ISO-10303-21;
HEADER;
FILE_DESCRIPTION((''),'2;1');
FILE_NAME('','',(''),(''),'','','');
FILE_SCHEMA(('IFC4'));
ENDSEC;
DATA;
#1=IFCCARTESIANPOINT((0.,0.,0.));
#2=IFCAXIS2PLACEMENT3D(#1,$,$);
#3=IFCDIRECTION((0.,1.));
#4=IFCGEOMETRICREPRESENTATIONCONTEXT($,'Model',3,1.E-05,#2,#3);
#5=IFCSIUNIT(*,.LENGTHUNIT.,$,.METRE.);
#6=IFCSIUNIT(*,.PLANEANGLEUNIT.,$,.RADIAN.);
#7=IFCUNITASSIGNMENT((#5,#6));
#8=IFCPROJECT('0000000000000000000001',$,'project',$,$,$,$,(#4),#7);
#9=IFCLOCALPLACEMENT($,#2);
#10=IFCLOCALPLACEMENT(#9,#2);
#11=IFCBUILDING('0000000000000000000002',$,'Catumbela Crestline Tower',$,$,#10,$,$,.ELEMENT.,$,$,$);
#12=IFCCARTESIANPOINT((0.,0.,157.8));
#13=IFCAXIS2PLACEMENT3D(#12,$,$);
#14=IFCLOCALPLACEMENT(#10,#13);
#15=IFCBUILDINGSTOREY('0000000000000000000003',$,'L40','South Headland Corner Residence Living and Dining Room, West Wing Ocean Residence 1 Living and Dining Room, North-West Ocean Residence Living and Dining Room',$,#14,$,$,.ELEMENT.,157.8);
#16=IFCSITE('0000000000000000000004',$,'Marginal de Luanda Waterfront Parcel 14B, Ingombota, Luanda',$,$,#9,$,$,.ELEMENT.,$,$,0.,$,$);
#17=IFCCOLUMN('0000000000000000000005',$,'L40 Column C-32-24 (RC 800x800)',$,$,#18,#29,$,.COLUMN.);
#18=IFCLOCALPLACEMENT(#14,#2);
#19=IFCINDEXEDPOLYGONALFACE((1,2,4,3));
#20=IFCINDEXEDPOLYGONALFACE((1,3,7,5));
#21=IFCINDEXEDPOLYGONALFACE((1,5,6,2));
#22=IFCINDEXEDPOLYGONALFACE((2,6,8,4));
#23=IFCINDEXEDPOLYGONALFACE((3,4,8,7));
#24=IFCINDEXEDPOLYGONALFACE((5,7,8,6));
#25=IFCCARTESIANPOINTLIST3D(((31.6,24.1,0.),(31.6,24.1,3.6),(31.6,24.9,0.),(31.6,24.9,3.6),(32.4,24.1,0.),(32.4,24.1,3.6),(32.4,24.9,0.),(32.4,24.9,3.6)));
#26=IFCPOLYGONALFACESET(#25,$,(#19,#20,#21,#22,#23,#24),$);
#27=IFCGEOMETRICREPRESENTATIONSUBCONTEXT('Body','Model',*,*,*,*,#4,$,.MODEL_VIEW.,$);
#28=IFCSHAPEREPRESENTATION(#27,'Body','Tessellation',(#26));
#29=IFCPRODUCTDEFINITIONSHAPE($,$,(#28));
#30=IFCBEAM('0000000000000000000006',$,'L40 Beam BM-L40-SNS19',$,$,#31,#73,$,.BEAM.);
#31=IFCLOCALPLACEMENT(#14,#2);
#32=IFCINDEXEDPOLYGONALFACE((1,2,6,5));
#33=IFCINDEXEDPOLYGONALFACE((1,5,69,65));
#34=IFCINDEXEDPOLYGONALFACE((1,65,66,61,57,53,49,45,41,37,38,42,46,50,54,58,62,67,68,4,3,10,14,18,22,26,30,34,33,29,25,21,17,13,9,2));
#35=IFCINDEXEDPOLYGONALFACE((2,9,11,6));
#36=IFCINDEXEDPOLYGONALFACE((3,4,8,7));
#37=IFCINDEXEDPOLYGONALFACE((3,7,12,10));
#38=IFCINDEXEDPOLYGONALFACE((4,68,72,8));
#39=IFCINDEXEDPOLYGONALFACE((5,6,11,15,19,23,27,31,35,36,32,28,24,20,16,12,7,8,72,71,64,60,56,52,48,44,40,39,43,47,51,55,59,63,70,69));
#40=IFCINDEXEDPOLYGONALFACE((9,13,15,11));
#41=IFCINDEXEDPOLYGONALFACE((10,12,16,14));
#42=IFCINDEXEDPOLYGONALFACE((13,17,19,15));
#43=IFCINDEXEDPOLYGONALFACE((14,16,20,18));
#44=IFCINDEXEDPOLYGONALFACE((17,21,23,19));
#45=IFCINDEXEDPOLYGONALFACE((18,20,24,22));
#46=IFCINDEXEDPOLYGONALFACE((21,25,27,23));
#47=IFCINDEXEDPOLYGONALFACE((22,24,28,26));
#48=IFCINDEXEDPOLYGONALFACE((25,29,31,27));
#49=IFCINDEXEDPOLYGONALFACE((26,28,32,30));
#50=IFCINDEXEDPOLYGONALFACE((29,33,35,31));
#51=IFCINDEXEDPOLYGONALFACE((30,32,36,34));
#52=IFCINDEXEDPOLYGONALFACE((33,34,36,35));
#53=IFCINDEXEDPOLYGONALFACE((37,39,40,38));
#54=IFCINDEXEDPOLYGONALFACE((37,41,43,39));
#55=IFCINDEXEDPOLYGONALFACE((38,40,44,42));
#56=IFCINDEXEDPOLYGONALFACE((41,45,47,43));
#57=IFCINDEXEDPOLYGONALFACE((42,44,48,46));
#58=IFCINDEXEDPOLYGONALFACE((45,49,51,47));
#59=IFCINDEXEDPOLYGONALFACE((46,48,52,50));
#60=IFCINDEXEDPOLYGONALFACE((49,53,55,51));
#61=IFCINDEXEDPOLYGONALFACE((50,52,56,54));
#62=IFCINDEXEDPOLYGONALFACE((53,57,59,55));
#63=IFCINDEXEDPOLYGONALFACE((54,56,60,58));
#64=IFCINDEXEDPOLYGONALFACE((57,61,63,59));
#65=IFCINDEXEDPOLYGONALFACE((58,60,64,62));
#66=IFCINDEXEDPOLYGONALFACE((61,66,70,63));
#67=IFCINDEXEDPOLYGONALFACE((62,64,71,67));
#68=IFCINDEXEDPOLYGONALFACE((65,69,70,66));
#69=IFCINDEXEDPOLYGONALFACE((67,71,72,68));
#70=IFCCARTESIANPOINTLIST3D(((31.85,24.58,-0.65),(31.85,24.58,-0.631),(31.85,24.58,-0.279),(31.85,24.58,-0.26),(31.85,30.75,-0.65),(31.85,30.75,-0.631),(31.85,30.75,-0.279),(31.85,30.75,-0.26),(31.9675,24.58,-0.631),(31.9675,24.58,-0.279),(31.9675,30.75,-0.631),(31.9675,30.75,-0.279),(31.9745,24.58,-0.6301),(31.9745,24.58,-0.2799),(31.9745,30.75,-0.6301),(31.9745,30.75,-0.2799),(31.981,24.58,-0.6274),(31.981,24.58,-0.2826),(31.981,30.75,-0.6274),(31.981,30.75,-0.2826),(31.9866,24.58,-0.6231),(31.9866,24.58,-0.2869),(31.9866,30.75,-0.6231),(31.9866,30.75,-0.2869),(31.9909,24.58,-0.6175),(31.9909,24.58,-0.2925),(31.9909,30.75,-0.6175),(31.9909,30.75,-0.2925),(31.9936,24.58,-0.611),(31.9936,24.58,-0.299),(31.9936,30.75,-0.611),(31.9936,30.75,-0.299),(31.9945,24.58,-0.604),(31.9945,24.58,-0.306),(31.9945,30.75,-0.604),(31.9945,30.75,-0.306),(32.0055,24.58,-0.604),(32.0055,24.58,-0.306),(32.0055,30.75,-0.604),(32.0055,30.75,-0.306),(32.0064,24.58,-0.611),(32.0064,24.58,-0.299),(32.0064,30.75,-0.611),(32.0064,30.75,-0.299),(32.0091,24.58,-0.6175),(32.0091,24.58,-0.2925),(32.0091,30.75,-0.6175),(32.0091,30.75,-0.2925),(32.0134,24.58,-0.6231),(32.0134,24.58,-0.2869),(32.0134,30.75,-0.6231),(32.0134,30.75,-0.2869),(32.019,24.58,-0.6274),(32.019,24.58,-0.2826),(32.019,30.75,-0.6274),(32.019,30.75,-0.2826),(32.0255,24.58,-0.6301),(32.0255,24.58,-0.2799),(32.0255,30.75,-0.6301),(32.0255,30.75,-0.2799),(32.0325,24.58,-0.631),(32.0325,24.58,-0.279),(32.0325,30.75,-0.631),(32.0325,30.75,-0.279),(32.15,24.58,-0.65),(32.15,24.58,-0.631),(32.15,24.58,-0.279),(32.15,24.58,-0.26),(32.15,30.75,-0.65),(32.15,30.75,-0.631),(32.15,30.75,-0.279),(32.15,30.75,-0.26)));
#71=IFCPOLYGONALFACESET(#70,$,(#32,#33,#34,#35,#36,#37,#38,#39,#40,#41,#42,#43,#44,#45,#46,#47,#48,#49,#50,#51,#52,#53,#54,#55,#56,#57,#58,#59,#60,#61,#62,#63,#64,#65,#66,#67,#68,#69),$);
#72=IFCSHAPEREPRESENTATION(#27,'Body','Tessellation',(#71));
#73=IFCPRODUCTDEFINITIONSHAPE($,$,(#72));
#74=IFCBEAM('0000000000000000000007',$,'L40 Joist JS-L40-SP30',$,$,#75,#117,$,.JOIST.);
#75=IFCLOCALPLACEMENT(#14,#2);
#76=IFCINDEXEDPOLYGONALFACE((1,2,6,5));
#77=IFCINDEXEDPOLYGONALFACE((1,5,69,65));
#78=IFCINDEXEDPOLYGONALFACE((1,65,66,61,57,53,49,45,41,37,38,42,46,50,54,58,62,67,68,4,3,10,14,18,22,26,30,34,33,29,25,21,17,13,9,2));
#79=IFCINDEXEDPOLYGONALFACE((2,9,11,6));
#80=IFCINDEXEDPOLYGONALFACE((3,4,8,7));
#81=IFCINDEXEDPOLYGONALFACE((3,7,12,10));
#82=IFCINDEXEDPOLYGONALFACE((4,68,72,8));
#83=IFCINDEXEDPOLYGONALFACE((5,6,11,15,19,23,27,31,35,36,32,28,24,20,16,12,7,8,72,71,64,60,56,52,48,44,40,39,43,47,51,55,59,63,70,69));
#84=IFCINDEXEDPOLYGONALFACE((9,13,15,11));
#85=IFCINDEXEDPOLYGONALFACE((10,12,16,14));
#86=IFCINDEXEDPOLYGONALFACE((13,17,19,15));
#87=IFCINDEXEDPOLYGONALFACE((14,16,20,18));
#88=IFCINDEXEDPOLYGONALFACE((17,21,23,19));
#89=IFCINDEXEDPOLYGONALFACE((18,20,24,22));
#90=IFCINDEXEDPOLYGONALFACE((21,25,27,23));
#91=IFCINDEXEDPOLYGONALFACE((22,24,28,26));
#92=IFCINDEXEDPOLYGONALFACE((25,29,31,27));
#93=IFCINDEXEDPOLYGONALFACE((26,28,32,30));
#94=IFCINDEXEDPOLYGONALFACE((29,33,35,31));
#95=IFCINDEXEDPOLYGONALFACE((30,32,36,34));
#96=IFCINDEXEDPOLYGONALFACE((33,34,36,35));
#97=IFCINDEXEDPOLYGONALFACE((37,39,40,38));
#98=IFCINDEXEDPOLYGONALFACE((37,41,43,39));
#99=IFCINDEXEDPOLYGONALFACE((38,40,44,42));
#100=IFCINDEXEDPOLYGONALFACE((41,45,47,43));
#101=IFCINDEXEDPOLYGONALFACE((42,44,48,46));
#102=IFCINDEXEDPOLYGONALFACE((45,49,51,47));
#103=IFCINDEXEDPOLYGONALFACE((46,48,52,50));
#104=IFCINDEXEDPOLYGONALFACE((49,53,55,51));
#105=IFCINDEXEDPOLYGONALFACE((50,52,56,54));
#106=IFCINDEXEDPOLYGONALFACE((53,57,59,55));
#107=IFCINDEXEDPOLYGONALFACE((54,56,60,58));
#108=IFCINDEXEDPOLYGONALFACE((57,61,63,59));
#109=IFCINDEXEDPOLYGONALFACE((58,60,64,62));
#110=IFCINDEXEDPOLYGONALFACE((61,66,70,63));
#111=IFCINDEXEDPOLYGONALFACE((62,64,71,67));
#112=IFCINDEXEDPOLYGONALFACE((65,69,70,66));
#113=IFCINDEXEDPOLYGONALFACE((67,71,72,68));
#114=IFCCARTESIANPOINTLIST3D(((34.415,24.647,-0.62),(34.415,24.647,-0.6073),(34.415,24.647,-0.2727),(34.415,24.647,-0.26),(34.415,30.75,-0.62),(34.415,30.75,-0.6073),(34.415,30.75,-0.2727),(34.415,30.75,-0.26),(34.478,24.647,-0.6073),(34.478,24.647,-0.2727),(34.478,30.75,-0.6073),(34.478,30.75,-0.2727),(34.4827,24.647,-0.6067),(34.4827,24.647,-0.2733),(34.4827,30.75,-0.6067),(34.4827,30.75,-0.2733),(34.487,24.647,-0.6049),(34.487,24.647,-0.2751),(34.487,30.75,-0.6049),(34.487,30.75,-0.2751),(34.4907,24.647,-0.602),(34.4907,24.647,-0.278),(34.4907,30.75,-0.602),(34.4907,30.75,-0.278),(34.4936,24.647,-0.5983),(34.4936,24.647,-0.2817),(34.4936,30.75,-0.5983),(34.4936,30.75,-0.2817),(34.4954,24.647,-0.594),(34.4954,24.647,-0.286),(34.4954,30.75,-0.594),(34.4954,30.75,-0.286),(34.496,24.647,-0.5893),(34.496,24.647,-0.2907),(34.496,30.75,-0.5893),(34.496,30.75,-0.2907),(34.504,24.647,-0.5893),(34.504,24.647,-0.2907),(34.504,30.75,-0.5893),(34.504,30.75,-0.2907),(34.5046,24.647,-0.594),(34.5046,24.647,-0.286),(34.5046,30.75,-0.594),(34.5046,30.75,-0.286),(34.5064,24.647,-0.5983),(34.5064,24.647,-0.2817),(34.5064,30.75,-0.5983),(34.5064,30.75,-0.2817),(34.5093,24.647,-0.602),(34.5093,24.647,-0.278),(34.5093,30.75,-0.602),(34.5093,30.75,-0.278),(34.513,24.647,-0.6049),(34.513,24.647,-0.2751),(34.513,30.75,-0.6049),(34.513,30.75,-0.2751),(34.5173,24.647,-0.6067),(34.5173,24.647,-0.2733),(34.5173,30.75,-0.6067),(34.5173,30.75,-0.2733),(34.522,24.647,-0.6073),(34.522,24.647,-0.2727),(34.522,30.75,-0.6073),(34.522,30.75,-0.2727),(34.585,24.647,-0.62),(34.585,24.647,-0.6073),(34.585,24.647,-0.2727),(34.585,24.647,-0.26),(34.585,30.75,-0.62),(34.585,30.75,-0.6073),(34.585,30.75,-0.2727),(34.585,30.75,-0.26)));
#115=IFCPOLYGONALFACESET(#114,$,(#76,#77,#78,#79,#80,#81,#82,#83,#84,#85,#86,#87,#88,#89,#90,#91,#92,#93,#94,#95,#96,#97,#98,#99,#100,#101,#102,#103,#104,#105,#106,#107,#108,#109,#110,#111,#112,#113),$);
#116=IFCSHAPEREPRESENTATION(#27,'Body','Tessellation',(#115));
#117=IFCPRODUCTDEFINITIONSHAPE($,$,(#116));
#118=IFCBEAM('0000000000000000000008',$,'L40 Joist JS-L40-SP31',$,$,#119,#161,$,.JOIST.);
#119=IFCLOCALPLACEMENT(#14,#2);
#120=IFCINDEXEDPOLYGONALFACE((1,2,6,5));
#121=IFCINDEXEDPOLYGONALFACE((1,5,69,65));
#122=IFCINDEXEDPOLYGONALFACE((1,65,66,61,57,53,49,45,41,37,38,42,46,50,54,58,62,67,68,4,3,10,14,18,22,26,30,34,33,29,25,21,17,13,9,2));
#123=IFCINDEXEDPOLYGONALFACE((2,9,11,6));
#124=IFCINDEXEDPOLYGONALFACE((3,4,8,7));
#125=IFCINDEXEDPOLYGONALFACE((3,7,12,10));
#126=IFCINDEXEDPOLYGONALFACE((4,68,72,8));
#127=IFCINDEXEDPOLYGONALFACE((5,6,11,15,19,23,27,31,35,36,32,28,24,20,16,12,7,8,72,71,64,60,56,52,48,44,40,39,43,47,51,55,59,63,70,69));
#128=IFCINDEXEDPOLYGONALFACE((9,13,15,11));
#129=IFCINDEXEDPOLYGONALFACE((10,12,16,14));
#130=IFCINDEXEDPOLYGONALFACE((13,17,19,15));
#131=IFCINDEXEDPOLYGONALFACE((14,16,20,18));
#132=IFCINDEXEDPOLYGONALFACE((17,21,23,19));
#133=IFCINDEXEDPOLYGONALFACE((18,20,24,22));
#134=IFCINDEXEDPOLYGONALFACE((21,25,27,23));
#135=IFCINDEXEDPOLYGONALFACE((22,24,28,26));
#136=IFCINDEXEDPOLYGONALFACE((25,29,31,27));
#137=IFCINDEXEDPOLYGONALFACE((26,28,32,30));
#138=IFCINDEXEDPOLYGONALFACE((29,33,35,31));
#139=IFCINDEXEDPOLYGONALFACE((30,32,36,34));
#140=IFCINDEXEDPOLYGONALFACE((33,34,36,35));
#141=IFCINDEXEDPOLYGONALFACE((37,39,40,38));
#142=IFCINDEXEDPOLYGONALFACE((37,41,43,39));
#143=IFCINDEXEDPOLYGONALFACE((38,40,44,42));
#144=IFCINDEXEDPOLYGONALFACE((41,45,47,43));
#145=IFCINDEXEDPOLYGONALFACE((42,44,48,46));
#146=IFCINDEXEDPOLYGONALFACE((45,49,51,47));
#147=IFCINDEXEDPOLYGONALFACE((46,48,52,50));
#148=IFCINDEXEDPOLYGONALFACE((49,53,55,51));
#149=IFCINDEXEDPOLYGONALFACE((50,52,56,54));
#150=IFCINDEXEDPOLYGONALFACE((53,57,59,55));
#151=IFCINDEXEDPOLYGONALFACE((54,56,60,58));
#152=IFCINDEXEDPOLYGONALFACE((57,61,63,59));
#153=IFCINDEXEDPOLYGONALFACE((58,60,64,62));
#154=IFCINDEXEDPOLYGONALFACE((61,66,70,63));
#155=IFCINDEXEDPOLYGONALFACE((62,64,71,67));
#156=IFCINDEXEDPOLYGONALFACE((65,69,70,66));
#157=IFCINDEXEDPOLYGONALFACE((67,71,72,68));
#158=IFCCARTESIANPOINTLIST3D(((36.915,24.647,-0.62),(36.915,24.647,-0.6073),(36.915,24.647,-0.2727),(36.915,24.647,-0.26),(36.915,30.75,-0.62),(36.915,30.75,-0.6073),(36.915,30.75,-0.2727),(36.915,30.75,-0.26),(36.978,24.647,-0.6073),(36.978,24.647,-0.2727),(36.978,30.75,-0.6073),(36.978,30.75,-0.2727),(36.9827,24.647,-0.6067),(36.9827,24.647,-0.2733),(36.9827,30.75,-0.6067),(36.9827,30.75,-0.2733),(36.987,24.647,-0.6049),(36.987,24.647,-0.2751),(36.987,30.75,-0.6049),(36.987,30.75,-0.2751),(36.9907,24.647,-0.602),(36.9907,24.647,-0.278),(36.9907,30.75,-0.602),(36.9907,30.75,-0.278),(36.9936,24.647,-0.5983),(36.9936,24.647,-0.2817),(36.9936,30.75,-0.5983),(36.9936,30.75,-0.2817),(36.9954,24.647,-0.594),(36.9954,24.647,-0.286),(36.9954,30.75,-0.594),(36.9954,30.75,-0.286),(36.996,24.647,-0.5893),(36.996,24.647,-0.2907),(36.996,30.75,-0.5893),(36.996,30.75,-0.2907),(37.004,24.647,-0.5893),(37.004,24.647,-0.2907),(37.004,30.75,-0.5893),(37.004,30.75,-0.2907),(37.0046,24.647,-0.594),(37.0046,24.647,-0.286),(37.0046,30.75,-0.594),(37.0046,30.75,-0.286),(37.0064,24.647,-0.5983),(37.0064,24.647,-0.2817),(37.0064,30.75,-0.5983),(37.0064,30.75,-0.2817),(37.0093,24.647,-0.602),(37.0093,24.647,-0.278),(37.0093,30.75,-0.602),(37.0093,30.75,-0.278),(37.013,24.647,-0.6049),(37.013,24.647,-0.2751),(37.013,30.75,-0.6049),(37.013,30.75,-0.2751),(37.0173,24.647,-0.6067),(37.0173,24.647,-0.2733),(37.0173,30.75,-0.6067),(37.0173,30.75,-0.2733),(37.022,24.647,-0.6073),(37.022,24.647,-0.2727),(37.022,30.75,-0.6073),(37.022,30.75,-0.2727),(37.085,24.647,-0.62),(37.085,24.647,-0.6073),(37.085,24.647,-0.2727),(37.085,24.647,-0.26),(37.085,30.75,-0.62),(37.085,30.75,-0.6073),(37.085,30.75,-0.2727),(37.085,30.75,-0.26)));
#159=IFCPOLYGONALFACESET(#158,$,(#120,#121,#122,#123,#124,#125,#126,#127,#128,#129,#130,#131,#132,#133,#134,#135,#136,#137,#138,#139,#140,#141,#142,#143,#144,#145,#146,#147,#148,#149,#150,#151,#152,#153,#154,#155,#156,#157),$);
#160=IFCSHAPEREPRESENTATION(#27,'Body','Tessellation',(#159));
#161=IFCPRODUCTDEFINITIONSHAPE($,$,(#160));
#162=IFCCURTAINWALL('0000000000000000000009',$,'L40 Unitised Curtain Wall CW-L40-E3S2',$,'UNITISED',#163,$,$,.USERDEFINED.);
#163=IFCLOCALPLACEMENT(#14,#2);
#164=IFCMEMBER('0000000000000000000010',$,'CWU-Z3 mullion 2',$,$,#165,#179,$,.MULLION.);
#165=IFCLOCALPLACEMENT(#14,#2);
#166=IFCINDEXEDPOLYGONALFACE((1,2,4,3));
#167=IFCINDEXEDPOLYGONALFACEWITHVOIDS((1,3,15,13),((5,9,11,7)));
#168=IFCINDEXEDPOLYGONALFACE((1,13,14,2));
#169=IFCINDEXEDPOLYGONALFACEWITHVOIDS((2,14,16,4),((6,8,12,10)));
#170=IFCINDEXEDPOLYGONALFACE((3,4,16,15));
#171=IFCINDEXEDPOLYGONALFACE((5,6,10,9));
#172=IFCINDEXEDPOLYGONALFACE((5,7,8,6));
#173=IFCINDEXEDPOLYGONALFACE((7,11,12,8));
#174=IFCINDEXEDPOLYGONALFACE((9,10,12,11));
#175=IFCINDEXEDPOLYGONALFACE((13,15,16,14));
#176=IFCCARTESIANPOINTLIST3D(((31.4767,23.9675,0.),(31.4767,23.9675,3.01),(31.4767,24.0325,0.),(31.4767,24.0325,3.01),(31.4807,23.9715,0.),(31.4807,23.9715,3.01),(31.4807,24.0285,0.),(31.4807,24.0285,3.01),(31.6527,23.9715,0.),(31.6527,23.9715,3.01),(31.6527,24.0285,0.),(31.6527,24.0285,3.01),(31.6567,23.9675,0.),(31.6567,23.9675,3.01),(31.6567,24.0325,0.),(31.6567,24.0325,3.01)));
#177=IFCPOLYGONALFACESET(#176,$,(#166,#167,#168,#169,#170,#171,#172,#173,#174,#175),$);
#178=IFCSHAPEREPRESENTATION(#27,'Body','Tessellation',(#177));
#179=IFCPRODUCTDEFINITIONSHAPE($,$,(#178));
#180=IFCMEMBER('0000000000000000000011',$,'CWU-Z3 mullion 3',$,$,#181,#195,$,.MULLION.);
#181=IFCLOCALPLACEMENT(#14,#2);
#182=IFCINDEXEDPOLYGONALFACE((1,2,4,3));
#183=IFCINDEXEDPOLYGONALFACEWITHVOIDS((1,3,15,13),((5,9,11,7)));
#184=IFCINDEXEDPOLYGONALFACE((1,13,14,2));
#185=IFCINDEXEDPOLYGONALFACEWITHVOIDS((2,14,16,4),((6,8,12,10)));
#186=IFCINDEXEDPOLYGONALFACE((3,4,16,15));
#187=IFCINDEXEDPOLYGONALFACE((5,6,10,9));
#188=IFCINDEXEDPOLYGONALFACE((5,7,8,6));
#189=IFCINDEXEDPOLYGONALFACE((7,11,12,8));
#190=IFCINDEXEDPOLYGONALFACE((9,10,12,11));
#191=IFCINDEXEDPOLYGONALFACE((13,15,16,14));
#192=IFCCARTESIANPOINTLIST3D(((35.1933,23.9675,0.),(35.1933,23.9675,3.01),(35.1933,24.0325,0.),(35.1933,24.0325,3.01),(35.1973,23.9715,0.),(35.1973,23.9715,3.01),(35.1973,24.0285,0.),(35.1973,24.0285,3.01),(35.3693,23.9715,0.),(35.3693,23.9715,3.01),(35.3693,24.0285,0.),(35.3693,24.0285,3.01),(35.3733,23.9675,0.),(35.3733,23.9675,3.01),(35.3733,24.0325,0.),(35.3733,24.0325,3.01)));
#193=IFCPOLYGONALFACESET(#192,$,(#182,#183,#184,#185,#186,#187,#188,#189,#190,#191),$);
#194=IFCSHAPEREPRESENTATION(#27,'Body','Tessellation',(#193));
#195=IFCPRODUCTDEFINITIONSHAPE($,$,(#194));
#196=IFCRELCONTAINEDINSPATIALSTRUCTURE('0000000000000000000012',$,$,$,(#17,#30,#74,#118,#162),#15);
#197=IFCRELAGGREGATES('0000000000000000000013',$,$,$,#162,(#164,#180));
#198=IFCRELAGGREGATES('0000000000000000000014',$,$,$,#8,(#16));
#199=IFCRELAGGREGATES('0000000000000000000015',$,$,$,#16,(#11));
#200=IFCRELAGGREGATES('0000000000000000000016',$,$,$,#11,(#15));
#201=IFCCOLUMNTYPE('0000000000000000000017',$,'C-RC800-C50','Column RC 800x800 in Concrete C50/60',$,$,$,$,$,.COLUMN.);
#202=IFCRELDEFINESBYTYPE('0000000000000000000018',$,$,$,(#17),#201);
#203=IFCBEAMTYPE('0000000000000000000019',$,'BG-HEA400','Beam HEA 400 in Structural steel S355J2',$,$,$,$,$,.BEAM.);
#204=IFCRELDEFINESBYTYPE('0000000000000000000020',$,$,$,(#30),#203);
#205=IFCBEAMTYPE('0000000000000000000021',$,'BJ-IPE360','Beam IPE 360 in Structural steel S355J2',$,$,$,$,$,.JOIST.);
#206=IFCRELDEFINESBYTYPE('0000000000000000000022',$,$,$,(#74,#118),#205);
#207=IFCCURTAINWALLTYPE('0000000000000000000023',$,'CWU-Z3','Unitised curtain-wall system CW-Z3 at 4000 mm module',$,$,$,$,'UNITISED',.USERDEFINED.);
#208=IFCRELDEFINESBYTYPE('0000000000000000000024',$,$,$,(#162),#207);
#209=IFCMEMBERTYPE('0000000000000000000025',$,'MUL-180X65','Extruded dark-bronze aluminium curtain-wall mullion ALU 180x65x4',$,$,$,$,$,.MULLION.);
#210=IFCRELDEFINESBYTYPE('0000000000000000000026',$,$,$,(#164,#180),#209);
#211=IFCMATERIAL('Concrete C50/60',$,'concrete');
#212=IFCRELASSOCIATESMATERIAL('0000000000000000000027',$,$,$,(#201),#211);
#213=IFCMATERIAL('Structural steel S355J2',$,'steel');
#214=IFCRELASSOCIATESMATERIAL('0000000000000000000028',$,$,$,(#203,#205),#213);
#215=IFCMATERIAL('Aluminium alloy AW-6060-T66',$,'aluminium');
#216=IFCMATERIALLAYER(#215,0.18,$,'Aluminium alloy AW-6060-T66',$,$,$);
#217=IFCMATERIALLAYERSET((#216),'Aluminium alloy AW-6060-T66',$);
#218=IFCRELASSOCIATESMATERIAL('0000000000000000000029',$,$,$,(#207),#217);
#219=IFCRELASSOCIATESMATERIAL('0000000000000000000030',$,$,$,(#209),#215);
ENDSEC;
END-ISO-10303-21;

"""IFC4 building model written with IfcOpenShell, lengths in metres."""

from ifc_helpers import new_model, si_unit, direction, frame, origin, origin_2d, place, context, subcontext, project, spatial, rectangle, hollow_rectangle, i_section, extrude, material, layer, layer_set, material_profile, profile_set, type_object, element, aggregate, save


model = new_model("IFC4")

# Units and contexts
model_context = context("Model", 3, precision=1e-05, world=origin(), true_north=direction((0.0, 1.0)))
body_context = subcontext(model_context, "Body", "Model", "MODEL_VIEW")
ifc_project = project(units=[si_unit("LENGTHUNIT", "METRE"), si_unit("PLANEANGLEUNIT", "RADIAN")], contexts=[model_context])

# Site, building, storey
site_placement = place(None, origin())
site = spatial("IfcSite", under=ifc_project, at=site_placement, Name="Marginal de Luanda Waterfront Parcel 14B, Ingombota, Luanda", CompositionType="ELEMENT", RefElevation=0.0)
building_placement = place(site_placement, origin())
building = spatial("IfcBuilding", under=site, at=building_placement, Name="Catumbela Crestline Tower", CompositionType="ELEMENT")
storey_placement = place(building_placement, frame((0.0, 0.0, 157.8)))
storey = spatial("IfcBuildingStorey", under=building, at=storey_placement, Name="L40", Description="South Headland Corner Residence Living and Dining Room, West Wing Ocean Residence 1 Living and Dining Room, North-West Ocean Residence Living and Dining Room", CompositionType="ELEMENT", Elevation=157.8)

# Column
ifc_material_1 = material(Name="Concrete C50/60", Category="concrete")
ifc_material_profile_1 = material_profile(ifc_material_1, rectangle(XDim=0.8, YDim=0.8, at=origin_2d()), Name="RC 800x800")
ifc_profile_set_1 = profile_set([ifc_material_profile_1], Name="Concrete C50/60")
column_type = type_object("IfcColumnType", Name="C-RC800-C50", Description="Column RC 800x800 in Concrete C50/60", PredefinedType="COLUMN", material=ifc_profile_set_1)
column_placement = place(storey_placement, frame((32.0, 24.5, 0.0), z_axis=(0.0, 0.0, 1.0), x_axis=(1.0, 0.0, 0.0)))
element("IfcColumn", 1, at=column_placement, inside=storey, type_object=column_type, Name="L40 Column C-32-24 (RC 800x800)", PredefinedType="COLUMN", context=body_context, shape_type="SweptSolid", body=[
    extrude(rectangle(XDim=0.8, YDim=0.8, at=origin_2d()), origin(), (0.0, 0.0, 1.0), 3.6),
])

# Beams
ifc_material_2 = material(Name="Structural steel S355J2", Category="steel")
ifc_material_profile_2 = material_profile(ifc_material_2, i_section(OverallWidth=0.3, OverallDepth=0.39, WebThickness=0.011, FlangeThickness=0.019, FilletRadius=0.027, at=origin_2d()), Name="HEA 400")
ifc_profile_set_2 = profile_set([ifc_material_profile_2], Name="Structural steel S355J2")
beam_type_1 = type_object("IfcBeamType", Name="BG-HEA400", Description="Beam HEA 400 in Structural steel S355J2", PredefinedType="BEAM", material=ifc_profile_set_2)
beam_1_placement = place(storey_placement, frame((32.0, 24.58, -0.455), z_axis=(0.0, 1.0, 0.0), x_axis=(-1.0, 0.0, 0.0)))
element("IfcBeam", 2, at=beam_1_placement, inside=storey, type_object=beam_type_1, Name="L40 Beam BM-L40-SNS19", PredefinedType="BEAM", context=body_context, shape_type="SweptSolid", body=[
    extrude(i_section(OverallWidth=0.3, OverallDepth=0.39, WebThickness=0.011, FlangeThickness=0.019, FilletRadius=0.027, at=origin_2d()), origin(), (0.0, 0.0, 1.0), 6.17),
])
ifc_material_profile_3 = material_profile(ifc_material_2, i_section(OverallWidth=0.17, OverallDepth=0.36, WebThickness=0.008, FlangeThickness=0.0127, FilletRadius=0.018, at=origin_2d()), Name="IPE 360")
ifc_profile_set_3 = profile_set([ifc_material_profile_3], Name="Structural steel S355J2")
beam_type_2 = type_object("IfcBeamType", Name="BJ-IPE360", Description="Beam IPE 360 in Structural steel S355J2", PredefinedType="JOIST", material=ifc_profile_set_3)
for number, where, z_axis, x_axis, name in (
    (3, (34.5, 24.647, -0.44), (0.0, 1.0, 0.0), (-1.0, 0.0, 0.0), "L40 Joist JS-L40-SP30"),
    (4, (37.0, 24.647, -0.44), (0.0, 1.0, 0.0), (-1.0, 0.0, 0.0), "L40 Joist JS-L40-SP31"),
):
    element("IfcBeam", number, at=place(storey_placement, frame(where, z_axis=z_axis, x_axis=x_axis)), inside=storey, type_object=beam_type_2, Name=name, PredefinedType="JOIST", context=body_context, shape_type="SweptSolid", body=[
        extrude(i_section(OverallWidth=0.17, OverallDepth=0.36, WebThickness=0.008, FlangeThickness=0.0127, FilletRadius=0.018, at=origin_2d()), origin(), (0.0, 0.0, 1.0), 6.103),
    ])

# Curtain wall, members
ifc_material_3 = material(Name="Aluminium alloy AW-6060-T66", Category="aluminium")
ifc_layer_1 = layer(ifc_material_3, 0.18, Name="Aluminium alloy AW-6060-T66")
ifc_layer_set_1 = layer_set([ifc_layer_1], Name="Aluminium alloy AW-6060-T66")
curtain_wall_type = type_object("IfcCurtainWallType", Name="CWU-Z3", Description="Unitised curtain-wall system CW-Z3 at 4000 mm module", ElementType="UNITISED", PredefinedType="USERDEFINED", material=ifc_layer_set_1)
curtain_wall_placement = place(storey_placement, origin())
curtain_wall = element("IfcCurtainWall", 5, at=curtain_wall_placement, inside=storey, type_object=curtain_wall_type, Name="L40 Unitised Curtain Wall CW-L40-E3S2", ObjectType="UNITISED", PredefinedType="USERDEFINED")
ifc_material_profile_4 = material_profile(ifc_material_3, hollow_rectangle(XDim=0.065, YDim=0.18, WallThickness=0.004, at=origin_2d()), Name="ALU 180x65x4")
ifc_profile_set_4 = profile_set([ifc_material_profile_4], Name="Aluminium alloy AW-6060-T66")
member_type_1 = type_object("IfcMemberType", Name="MUL-180X65", Description="Extruded dark-bronze aluminium curtain-wall mullion ALU 180x65x4", PredefinedType="MULLION", material=ifc_profile_set_4)
member_1_placement = place(storey_placement, frame((31.5667, 24.0, 0.0), z_axis=(0.0, 0.0, 1.0), x_axis=(0.0, 1.0, 0.0)))
member_1 = element("IfcMember", 6, at=member_1_placement, type_object=member_type_1, Name="CWU-Z3 mullion 2", PredefinedType="MULLION", context=body_context, shape_type="SweptSolid", body=[
    extrude(hollow_rectangle(XDim=0.065, YDim=0.18, WallThickness=0.004, at=origin_2d()), origin(), (0.0, 0.0, 1.0), 3.01),
])
member_2_placement = place(storey_placement, frame((35.2833, 24.0, 0.0), z_axis=(0.0, 0.0, 1.0), x_axis=(0.0, 1.0, 0.0)))
member_2 = element("IfcMember", 7, at=member_2_placement, type_object=member_type_1, Name="CWU-Z3 mullion 3", PredefinedType="MULLION", context=body_context, shape_type="SweptSolid", body=[
    extrude(hollow_rectangle(XDim=0.065, YDim=0.18, WallThickness=0.004, at=origin_2d()), origin(), (0.0, 0.0, 1.0), 3.01),
])

aggregate(curtain_wall, [member_1, member_2])

save(model, "model.ifc")
